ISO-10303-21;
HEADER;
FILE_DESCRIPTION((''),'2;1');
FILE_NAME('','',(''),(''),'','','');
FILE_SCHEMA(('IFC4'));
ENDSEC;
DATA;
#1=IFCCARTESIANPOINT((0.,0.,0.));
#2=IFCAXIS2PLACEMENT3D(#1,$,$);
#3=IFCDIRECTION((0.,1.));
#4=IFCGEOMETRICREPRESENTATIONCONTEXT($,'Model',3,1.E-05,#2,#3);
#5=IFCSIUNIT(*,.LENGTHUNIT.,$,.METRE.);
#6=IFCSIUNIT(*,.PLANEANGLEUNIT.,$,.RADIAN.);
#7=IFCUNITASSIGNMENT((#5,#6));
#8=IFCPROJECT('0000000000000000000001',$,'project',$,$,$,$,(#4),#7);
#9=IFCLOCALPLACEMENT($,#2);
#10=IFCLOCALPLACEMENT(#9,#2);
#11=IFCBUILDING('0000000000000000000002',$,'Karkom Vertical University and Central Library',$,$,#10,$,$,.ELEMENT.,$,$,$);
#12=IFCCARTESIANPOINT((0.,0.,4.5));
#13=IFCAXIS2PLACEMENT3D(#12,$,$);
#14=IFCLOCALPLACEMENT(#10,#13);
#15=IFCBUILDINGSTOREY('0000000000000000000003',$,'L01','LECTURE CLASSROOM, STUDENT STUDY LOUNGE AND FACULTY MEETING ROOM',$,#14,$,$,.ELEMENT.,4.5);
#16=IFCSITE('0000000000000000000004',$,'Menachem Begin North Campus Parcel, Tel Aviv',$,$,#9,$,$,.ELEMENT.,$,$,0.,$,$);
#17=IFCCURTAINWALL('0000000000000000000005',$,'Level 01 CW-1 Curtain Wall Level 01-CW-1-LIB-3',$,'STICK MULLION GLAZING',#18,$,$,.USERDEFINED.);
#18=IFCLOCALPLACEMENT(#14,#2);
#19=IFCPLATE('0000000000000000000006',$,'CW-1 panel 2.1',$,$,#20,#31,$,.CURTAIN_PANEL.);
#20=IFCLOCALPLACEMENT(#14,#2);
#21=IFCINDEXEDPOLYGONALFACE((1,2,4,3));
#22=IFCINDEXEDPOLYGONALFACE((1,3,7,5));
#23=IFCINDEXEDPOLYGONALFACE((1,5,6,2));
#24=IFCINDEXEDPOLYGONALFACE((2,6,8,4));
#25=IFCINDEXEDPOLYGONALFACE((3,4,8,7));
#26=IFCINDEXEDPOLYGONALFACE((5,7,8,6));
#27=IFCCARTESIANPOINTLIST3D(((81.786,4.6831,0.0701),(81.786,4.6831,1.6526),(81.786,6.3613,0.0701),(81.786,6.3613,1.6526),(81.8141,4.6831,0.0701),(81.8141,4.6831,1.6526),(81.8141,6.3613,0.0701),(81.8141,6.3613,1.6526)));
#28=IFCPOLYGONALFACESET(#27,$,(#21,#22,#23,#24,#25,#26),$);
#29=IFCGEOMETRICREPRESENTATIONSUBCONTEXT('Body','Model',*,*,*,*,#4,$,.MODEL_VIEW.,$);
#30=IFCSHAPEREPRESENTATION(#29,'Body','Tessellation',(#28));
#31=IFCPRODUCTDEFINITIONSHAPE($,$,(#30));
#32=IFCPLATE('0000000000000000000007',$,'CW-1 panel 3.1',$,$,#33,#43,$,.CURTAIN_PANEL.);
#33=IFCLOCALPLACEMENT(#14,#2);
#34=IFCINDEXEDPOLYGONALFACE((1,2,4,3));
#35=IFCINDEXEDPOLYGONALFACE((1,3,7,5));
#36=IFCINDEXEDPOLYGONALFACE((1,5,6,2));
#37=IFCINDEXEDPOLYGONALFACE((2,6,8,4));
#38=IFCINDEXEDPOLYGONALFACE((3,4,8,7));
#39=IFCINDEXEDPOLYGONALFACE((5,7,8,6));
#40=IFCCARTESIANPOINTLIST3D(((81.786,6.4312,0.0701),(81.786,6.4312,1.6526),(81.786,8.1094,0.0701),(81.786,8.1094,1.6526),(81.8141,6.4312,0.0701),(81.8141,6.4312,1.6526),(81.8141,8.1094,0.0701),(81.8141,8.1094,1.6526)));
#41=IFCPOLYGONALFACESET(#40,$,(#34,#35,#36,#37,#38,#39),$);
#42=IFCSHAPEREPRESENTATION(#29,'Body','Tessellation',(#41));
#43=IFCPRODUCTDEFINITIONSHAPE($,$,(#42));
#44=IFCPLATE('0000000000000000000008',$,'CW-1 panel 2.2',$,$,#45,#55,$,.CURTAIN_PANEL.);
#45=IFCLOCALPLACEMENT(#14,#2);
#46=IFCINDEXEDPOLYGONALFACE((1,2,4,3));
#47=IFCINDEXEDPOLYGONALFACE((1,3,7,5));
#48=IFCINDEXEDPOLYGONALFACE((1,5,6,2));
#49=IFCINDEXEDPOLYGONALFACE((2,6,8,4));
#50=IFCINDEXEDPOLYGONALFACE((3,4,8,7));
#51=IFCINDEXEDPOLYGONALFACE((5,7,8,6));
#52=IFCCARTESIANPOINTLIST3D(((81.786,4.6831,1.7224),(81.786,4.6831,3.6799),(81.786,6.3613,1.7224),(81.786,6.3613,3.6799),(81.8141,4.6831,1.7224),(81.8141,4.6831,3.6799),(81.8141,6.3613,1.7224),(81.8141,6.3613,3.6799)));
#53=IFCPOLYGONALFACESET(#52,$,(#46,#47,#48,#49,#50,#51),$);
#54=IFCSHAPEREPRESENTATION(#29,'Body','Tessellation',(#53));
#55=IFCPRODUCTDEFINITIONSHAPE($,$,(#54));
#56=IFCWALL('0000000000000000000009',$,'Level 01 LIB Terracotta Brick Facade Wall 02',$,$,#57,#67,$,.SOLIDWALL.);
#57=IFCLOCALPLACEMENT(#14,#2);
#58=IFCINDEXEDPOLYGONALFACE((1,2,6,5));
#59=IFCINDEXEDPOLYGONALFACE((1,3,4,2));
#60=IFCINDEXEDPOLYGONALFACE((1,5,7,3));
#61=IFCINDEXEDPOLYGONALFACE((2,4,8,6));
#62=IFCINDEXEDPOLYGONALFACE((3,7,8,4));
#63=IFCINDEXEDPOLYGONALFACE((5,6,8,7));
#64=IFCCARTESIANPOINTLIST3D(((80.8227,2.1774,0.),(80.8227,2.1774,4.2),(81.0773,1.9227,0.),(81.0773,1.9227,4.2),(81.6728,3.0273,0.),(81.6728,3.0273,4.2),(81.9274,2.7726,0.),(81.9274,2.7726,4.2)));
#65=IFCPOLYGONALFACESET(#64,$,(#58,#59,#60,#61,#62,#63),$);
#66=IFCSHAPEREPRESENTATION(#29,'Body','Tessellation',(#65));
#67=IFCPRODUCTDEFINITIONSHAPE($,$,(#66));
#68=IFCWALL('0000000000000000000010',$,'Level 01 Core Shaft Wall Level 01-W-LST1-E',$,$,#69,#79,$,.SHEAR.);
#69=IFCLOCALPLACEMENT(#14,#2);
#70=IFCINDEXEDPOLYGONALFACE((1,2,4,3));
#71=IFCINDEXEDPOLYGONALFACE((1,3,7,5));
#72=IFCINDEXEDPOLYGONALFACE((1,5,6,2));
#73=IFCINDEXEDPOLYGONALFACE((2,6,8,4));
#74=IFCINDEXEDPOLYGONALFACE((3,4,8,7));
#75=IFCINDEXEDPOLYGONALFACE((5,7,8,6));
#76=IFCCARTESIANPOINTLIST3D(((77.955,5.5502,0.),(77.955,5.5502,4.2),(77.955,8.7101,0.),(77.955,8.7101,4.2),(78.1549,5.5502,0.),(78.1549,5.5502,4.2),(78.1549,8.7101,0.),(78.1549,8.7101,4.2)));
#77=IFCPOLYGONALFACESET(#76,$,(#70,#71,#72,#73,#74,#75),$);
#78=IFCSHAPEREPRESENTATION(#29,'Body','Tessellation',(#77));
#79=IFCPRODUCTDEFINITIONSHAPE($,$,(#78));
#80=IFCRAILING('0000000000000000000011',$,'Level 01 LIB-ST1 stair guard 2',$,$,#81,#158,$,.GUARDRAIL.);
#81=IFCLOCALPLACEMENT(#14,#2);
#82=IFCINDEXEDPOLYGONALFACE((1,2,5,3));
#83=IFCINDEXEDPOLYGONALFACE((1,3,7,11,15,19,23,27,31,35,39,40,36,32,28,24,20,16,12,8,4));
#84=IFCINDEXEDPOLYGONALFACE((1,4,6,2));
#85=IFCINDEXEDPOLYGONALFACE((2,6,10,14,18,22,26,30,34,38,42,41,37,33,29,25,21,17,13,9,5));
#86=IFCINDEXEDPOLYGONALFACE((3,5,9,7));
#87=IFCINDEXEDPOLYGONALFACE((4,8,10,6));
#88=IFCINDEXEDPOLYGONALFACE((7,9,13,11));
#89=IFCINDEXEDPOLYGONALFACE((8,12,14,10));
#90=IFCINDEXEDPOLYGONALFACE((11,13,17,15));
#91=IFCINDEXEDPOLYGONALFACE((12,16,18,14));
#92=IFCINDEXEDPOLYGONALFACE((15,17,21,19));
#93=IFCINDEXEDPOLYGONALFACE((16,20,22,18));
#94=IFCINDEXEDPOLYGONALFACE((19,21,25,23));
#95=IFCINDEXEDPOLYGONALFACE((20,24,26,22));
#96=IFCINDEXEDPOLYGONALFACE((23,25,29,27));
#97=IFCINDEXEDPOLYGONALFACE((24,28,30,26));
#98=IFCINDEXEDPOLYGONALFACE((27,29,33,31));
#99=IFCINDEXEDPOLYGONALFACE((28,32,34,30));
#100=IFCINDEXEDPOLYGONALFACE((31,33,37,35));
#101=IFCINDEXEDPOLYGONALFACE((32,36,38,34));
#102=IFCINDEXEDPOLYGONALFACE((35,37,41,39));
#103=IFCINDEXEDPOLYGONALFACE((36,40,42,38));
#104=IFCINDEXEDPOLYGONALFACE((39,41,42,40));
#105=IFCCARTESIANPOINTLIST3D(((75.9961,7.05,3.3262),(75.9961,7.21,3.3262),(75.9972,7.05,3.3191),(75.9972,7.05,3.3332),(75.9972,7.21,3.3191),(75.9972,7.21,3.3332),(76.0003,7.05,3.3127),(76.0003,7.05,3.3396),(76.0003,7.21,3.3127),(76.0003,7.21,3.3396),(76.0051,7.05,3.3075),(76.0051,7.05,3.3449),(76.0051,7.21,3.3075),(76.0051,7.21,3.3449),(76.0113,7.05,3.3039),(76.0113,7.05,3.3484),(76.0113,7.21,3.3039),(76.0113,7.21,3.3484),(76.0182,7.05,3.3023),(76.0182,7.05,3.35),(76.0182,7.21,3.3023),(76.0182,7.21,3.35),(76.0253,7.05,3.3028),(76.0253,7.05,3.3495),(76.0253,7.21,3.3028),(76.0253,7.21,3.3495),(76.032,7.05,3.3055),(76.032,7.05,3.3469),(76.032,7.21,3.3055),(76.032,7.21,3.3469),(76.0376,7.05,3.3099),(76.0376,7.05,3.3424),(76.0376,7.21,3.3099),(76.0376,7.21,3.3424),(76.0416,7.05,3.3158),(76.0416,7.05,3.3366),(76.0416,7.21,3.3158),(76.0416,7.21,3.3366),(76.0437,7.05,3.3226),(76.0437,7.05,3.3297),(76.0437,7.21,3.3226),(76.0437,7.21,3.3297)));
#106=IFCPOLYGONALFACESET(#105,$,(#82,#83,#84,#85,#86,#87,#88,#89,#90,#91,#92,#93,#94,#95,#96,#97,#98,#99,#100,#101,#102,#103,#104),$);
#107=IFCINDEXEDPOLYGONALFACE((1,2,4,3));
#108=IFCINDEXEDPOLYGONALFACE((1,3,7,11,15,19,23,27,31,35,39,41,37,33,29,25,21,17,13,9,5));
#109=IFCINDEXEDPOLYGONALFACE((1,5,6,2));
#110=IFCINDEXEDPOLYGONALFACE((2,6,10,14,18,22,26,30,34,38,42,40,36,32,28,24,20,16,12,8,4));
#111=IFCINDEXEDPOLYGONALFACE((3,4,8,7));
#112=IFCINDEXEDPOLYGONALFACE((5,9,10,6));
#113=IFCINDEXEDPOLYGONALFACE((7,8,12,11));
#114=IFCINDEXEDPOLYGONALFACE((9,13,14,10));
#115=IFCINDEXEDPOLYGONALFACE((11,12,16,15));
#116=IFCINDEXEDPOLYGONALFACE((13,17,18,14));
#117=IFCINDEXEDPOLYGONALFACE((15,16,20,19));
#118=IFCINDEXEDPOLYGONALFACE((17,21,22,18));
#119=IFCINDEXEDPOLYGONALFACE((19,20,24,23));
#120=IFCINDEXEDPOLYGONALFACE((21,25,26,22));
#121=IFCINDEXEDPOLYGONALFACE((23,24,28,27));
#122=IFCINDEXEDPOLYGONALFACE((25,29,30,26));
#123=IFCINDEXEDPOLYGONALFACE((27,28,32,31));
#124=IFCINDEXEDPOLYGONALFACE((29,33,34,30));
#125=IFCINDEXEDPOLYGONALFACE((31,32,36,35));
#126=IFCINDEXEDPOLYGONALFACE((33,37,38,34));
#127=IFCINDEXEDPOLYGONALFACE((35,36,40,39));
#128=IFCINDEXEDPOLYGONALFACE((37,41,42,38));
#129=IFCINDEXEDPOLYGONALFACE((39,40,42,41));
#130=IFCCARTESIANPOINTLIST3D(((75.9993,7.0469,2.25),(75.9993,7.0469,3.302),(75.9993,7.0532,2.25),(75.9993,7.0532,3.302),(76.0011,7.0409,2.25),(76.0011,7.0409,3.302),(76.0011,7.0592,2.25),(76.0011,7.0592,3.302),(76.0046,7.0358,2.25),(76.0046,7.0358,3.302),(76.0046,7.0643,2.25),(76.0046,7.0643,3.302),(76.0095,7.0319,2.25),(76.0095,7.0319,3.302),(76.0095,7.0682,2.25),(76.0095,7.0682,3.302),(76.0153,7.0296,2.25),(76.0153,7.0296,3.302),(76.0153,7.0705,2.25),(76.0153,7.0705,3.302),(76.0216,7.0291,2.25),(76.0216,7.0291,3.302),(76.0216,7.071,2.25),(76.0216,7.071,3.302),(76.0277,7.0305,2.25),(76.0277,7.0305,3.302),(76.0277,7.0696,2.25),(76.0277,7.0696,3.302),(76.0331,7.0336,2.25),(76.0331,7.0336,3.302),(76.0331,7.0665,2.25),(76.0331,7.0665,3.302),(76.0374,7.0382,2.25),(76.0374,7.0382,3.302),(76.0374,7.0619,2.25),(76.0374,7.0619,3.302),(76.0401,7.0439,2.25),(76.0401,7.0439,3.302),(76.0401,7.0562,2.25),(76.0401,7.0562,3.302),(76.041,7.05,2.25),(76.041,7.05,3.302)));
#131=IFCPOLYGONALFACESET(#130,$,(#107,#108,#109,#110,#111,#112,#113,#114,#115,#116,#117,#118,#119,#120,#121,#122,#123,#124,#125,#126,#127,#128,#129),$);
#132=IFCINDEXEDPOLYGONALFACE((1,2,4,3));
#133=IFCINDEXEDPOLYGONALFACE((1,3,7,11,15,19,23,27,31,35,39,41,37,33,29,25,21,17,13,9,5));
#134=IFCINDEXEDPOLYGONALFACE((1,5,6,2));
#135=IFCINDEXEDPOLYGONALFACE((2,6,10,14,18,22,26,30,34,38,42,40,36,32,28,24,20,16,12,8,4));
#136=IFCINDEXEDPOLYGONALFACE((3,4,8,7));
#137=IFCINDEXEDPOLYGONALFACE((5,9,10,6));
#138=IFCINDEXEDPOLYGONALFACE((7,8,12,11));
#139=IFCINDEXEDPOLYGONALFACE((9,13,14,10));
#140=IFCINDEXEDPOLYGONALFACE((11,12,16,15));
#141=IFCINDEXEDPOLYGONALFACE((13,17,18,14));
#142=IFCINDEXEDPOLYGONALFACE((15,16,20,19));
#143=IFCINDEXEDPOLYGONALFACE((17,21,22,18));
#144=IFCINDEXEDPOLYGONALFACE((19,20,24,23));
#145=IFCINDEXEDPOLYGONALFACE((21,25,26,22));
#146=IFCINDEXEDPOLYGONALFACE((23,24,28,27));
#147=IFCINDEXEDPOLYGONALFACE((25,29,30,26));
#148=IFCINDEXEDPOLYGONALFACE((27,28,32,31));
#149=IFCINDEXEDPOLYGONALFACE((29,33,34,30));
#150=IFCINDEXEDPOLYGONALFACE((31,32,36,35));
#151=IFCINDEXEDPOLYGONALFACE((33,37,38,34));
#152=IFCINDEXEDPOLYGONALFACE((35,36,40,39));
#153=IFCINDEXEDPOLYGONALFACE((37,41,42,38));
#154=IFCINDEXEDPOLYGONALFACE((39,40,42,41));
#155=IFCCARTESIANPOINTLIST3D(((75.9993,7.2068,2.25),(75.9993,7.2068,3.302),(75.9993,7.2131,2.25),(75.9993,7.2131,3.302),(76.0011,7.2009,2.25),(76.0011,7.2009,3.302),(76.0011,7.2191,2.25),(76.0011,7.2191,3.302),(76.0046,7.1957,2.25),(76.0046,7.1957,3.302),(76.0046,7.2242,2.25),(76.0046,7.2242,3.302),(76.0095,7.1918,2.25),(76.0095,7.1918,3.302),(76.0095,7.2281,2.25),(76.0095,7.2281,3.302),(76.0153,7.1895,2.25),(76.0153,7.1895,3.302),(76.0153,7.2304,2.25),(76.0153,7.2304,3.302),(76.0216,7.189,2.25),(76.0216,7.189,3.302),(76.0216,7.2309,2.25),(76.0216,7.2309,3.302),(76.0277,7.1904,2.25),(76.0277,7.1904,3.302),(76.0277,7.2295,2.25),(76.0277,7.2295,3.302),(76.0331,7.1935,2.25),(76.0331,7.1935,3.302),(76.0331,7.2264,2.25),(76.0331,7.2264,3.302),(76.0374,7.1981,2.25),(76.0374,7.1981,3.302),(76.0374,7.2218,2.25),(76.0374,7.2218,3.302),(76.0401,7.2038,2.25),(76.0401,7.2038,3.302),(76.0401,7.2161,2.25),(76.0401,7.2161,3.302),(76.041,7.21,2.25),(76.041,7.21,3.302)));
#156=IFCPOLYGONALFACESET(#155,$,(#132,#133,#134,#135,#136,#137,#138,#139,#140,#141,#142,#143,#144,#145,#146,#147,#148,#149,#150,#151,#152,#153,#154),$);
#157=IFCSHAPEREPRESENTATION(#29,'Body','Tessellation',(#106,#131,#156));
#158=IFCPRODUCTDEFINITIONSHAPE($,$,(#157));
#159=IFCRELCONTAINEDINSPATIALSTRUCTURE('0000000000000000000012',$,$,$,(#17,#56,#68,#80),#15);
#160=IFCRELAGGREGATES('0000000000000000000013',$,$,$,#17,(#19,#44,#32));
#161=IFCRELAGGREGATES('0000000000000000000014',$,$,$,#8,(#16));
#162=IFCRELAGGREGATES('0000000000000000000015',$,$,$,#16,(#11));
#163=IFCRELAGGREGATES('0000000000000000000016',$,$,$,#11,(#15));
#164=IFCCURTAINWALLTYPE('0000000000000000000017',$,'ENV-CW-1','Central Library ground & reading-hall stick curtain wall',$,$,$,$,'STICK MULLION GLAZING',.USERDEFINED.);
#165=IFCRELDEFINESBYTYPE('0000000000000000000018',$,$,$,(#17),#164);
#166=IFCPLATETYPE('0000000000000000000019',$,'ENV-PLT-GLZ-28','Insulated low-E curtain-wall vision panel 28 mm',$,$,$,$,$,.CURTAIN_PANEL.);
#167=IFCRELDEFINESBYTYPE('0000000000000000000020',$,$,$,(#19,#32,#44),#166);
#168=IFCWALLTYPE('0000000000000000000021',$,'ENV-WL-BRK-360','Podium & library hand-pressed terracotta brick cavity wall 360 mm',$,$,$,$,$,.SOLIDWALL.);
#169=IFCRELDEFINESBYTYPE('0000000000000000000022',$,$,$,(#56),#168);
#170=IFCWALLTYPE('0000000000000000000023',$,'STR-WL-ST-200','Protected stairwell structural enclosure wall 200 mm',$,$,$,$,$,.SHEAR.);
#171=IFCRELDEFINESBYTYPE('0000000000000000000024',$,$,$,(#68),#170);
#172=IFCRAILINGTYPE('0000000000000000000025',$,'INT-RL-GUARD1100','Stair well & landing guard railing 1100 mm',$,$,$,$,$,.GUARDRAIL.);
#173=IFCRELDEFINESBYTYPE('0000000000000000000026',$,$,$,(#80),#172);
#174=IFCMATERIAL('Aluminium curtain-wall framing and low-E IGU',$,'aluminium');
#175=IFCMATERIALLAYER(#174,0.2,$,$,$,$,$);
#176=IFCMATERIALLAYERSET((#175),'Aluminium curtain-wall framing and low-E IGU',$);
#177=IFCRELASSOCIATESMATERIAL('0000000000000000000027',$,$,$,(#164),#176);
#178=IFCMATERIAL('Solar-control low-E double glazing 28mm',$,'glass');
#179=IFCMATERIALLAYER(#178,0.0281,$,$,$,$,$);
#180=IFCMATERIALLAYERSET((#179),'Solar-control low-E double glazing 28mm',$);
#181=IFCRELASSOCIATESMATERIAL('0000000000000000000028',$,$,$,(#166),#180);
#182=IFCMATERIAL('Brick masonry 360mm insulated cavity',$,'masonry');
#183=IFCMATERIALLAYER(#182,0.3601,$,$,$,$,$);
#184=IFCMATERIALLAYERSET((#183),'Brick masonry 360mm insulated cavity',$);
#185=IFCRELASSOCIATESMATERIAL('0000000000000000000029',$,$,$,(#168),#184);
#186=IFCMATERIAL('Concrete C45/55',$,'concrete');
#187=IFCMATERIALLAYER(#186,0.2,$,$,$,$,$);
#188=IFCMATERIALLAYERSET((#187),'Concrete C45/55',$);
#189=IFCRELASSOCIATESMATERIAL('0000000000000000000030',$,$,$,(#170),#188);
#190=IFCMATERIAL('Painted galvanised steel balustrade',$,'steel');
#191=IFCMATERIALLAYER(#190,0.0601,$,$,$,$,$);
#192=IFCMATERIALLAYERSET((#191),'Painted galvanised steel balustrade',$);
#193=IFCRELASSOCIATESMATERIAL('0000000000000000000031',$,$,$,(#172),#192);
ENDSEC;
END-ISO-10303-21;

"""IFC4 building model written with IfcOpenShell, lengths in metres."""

from ifc_helpers import new_model, si_unit, direction, frame, frame_2d, origin, origin_with_axes, origin_2d, place, context, subcontext, project, spatial, rectangle, circle, extrude, source, transform, mapped, material, layer, layer_set, type_object, element, aggregate, save


model = new_model("IFC4")

# Units and contexts
model_context = context("Model", 3, precision=1e-05, world=origin(), true_north=direction((0.0, 1.0)))
body_context = subcontext(model_context, "Body", "Model", "MODEL_VIEW")
ifc_project = project(units=[si_unit("LENGTHUNIT", "METRE"), si_unit("PLANEANGLEUNIT", "RADIAN")], contexts=[model_context])

# Site, building, storey
site_placement = place(None, origin())
site = spatial("IfcSite", under=ifc_project, at=site_placement, Name="Menachem Begin North Campus Parcel, Tel Aviv", CompositionType="ELEMENT", RefElevation=0.0)
building_placement = place(site_placement, origin())
building = spatial("IfcBuilding", under=site, at=building_placement, Name="Karkom Vertical University and Central Library", CompositionType="ELEMENT")
storey_placement = place(building_placement, frame((0.0, 0.0, 4.5)))
storey = spatial("IfcBuildingStorey", under=building, at=storey_placement, Name="L01", Description="LECTURE CLASSROOM, STUDENT STUDY LOUNGE AND FACULTY MEETING ROOM", CompositionType="ELEMENT", Elevation=4.5)

# Shared definitions
ifc_material_1 = material(Name="Concrete C45/55", Category="concrete")

# Curtain wall, plates
ifc_material_2 = material(Name="Aluminium curtain-wall framing and low-E IGU", Category="aluminium")
ifc_layer_1 = layer(ifc_material_2, 0.2)
ifc_layer_set_1 = layer_set([ifc_layer_1], Name="Aluminium curtain-wall framing and low-E IGU")
curtain_wall_type = type_object("IfcCurtainWallType", Name="ENV-CW-1", Description="Central Library ground & reading-hall stick curtain wall", ElementType="STICK MULLION GLAZING", PredefinedType="USERDEFINED", material=ifc_layer_set_1)
curtain_wall_placement = place(storey_placement, origin())
curtain_wall = element("IfcCurtainWall", 1, at=curtain_wall_placement, inside=storey, type_object=curtain_wall_type, Name="Level 01 CW-1 Curtain Wall Level 01-CW-1-LIB-3", ObjectType="STICK MULLION GLAZING", PredefinedType="USERDEFINED")
ifc_material_3 = material(Name="Solar-control low-E double glazing 28mm", Category="glass")
ifc_layer_2 = layer(ifc_material_3, 0.0281)
ifc_layer_set_2 = layer_set([ifc_layer_2], Name="Solar-control low-E double glazing 28mm")
plate_type = type_object("IfcPlateType", Name="ENV-PLT-GLZ-28", Description="Insulated low-E curtain-wall vision panel 28 mm", PredefinedType="CURTAIN_PANEL", material=ifc_layer_set_2)
shared_shape_1 = source(origin_with_axes(), body_context, "Body", "SweptSolid", [
    extrude(rectangle(XDim=1.6782, YDim=0.0281, at=origin_2d()), origin(), (0.0, 0.0, 1.0), 1.5825),
])
plate_1_placement = place(storey_placement, frame((81.8, 5.5222, 0.0701), z_axis=(0.0, 0.0, 1.0), x_axis=(0.0, 1.0, 0.0)))
plate_1 = element("IfcPlate", 2, at=plate_1_placement, type_object=plate_type, Name="CW-1 panel 2.1", PredefinedType="CURTAIN_PANEL", context=body_context, shape_type="MappedRepresentation", body=[
    mapped(shared_shape_1, transform((0.0, 0.0, 0.0), scale=1.0)),
])
plate_2_placement = place(storey_placement, frame((81.8, 7.2703, 0.0701), z_axis=(0.0, 0.0, 1.0), x_axis=(0.0, 1.0, 0.0)))
plate_2 = element("IfcPlate", 3, at=plate_2_placement, type_object=plate_type, Name="CW-1 panel 3.1", PredefinedType="CURTAIN_PANEL", context=body_context, shape_type="MappedRepresentation", body=[
    mapped(shared_shape_1, transform((0.0, 0.0, 0.0), scale=1.0)),
])
shared_shape_2 = source(origin_with_axes(), body_context, "Body", "SweptSolid", [
    extrude(rectangle(XDim=1.6782, YDim=0.0281, at=origin_2d()), origin(), (0.0, 0.0, 1.0), 1.9575),
])
plate_3_placement = place(storey_placement, frame((81.8, 5.5222, 1.7224), z_axis=(0.0, 0.0, 1.0), x_axis=(0.0, 1.0, 0.0)))
plate_3 = element("IfcPlate", 4, at=plate_3_placement, type_object=plate_type, Name="CW-1 panel 2.2", PredefinedType="CURTAIN_PANEL", context=body_context, shape_type="MappedRepresentation", body=[
    mapped(shared_shape_2, transform((0.0, 0.0, 0.0), scale=1.0)),
])
aggregate(curtain_wall, [plate_1, plate_3, plate_2])

# Walls
ifc_material_4 = material(Name="Brick masonry 360mm insulated cavity", Category="masonry")
ifc_layer_3 = layer(ifc_material_4, 0.3601)
ifc_layer_set_3 = layer_set([ifc_layer_3], Name="Brick masonry 360mm insulated cavity")
wall_type_1 = type_object("IfcWallType", Name="ENV-WL-BRK-360", Description="Podium & library hand-pressed terracotta brick cavity wall 360 mm", PredefinedType="SOLIDWALL", material=ifc_layer_set_3)
wall_1_placement = place(storey_placement, frame((80.95, 2.05, 0.0), z_axis=(0.0, 0.0, 1.0), x_axis=(0.707208, 0.707005, 0.0)))
element("IfcWall", 5, at=wall_1_placement, inside=storey, type_object=wall_type_1, Name="Level 01 LIB Terracotta Brick Facade Wall 02", PredefinedType="SOLIDWALL", context=body_context, shape_type="SweptSolid", body=[
    extrude(rectangle(XDim=1.2021, YDim=0.3601, at=frame_2d((0.6011, 0.0))), origin(), (0.0, 0.0, 1.0), 4.2),
])
ifc_layer_4 = layer(ifc_material_1, 0.2)
ifc_layer_set_4 = layer_set([ifc_layer_4], Name="Concrete C45/55")
wall_type_2 = type_object("IfcWallType", Name="STR-WL-ST-200", Description="Protected stairwell structural enclosure wall 200 mm", PredefinedType="SHEAR", material=ifc_layer_set_4)
wall_2_placement = place(storey_placement, frame((78.0549, 5.55, 0.0), z_axis=(0.0, 0.0, 1.0), x_axis=(0.0, 1.0, 0.0)))
element("IfcWall", 6, at=wall_2_placement, inside=storey, type_object=wall_type_2, Name="Level 01 Core Shaft Wall Level 01-W-LST1-E", PredefinedType="SHEAR", context=body_context, shape_type="SweptSolid", body=[
    extrude(rectangle(XDim=3.1599, YDim=0.2, at=frame_2d((1.5801, 0.0))), origin(), (0.0, 0.0, 1.0), 4.2),
])

# Railing
ifc_material_5 = material(Name="Painted galvanised steel balustrade", Category="steel")
ifc_layer_5 = layer(ifc_material_5, 0.0601)
ifc_layer_set_5 = layer_set([ifc_layer_5], Name="Painted galvanised steel balustrade")
railing_type = type_object("IfcRailingType", Name="INT-RL-GUARD1100", Description="Stair well & landing guard railing 1100 mm", PredefinedType="GUARDRAIL", material=ifc_layer_set_5)
railing_1_placement = place(storey_placement, frame((76.02, 7.05, 2.25)))
element("IfcRailing", 7, at=railing_1_placement, inside=storey, type_object=railing_type, Name="Level 01 LIB-ST1 stair guard 2", PredefinedType="GUARDRAIL", context=body_context, shape_type="SweptSolid", body=[
    extrude(circle(Radius=0.0239, at=origin_2d()), frame((0.0, 0.0, 1.0762), z_axis=(0.0, 1.0, 0.0), x_axis=(-1.0, 0.0, 0.0)), (0.0, 0.0, 1.0), 0.1599),
    extrude(circle(Radius=0.021, at=origin_2d()), origin(), (0.0, 0.0, 1.0), 1.052),
    extrude(circle(Radius=0.021, at=origin_2d()), frame((0.0, 0.1599, 0.0)), (0.0, 0.0, 1.0), 1.052),
])

save(model, "model.ifc")
